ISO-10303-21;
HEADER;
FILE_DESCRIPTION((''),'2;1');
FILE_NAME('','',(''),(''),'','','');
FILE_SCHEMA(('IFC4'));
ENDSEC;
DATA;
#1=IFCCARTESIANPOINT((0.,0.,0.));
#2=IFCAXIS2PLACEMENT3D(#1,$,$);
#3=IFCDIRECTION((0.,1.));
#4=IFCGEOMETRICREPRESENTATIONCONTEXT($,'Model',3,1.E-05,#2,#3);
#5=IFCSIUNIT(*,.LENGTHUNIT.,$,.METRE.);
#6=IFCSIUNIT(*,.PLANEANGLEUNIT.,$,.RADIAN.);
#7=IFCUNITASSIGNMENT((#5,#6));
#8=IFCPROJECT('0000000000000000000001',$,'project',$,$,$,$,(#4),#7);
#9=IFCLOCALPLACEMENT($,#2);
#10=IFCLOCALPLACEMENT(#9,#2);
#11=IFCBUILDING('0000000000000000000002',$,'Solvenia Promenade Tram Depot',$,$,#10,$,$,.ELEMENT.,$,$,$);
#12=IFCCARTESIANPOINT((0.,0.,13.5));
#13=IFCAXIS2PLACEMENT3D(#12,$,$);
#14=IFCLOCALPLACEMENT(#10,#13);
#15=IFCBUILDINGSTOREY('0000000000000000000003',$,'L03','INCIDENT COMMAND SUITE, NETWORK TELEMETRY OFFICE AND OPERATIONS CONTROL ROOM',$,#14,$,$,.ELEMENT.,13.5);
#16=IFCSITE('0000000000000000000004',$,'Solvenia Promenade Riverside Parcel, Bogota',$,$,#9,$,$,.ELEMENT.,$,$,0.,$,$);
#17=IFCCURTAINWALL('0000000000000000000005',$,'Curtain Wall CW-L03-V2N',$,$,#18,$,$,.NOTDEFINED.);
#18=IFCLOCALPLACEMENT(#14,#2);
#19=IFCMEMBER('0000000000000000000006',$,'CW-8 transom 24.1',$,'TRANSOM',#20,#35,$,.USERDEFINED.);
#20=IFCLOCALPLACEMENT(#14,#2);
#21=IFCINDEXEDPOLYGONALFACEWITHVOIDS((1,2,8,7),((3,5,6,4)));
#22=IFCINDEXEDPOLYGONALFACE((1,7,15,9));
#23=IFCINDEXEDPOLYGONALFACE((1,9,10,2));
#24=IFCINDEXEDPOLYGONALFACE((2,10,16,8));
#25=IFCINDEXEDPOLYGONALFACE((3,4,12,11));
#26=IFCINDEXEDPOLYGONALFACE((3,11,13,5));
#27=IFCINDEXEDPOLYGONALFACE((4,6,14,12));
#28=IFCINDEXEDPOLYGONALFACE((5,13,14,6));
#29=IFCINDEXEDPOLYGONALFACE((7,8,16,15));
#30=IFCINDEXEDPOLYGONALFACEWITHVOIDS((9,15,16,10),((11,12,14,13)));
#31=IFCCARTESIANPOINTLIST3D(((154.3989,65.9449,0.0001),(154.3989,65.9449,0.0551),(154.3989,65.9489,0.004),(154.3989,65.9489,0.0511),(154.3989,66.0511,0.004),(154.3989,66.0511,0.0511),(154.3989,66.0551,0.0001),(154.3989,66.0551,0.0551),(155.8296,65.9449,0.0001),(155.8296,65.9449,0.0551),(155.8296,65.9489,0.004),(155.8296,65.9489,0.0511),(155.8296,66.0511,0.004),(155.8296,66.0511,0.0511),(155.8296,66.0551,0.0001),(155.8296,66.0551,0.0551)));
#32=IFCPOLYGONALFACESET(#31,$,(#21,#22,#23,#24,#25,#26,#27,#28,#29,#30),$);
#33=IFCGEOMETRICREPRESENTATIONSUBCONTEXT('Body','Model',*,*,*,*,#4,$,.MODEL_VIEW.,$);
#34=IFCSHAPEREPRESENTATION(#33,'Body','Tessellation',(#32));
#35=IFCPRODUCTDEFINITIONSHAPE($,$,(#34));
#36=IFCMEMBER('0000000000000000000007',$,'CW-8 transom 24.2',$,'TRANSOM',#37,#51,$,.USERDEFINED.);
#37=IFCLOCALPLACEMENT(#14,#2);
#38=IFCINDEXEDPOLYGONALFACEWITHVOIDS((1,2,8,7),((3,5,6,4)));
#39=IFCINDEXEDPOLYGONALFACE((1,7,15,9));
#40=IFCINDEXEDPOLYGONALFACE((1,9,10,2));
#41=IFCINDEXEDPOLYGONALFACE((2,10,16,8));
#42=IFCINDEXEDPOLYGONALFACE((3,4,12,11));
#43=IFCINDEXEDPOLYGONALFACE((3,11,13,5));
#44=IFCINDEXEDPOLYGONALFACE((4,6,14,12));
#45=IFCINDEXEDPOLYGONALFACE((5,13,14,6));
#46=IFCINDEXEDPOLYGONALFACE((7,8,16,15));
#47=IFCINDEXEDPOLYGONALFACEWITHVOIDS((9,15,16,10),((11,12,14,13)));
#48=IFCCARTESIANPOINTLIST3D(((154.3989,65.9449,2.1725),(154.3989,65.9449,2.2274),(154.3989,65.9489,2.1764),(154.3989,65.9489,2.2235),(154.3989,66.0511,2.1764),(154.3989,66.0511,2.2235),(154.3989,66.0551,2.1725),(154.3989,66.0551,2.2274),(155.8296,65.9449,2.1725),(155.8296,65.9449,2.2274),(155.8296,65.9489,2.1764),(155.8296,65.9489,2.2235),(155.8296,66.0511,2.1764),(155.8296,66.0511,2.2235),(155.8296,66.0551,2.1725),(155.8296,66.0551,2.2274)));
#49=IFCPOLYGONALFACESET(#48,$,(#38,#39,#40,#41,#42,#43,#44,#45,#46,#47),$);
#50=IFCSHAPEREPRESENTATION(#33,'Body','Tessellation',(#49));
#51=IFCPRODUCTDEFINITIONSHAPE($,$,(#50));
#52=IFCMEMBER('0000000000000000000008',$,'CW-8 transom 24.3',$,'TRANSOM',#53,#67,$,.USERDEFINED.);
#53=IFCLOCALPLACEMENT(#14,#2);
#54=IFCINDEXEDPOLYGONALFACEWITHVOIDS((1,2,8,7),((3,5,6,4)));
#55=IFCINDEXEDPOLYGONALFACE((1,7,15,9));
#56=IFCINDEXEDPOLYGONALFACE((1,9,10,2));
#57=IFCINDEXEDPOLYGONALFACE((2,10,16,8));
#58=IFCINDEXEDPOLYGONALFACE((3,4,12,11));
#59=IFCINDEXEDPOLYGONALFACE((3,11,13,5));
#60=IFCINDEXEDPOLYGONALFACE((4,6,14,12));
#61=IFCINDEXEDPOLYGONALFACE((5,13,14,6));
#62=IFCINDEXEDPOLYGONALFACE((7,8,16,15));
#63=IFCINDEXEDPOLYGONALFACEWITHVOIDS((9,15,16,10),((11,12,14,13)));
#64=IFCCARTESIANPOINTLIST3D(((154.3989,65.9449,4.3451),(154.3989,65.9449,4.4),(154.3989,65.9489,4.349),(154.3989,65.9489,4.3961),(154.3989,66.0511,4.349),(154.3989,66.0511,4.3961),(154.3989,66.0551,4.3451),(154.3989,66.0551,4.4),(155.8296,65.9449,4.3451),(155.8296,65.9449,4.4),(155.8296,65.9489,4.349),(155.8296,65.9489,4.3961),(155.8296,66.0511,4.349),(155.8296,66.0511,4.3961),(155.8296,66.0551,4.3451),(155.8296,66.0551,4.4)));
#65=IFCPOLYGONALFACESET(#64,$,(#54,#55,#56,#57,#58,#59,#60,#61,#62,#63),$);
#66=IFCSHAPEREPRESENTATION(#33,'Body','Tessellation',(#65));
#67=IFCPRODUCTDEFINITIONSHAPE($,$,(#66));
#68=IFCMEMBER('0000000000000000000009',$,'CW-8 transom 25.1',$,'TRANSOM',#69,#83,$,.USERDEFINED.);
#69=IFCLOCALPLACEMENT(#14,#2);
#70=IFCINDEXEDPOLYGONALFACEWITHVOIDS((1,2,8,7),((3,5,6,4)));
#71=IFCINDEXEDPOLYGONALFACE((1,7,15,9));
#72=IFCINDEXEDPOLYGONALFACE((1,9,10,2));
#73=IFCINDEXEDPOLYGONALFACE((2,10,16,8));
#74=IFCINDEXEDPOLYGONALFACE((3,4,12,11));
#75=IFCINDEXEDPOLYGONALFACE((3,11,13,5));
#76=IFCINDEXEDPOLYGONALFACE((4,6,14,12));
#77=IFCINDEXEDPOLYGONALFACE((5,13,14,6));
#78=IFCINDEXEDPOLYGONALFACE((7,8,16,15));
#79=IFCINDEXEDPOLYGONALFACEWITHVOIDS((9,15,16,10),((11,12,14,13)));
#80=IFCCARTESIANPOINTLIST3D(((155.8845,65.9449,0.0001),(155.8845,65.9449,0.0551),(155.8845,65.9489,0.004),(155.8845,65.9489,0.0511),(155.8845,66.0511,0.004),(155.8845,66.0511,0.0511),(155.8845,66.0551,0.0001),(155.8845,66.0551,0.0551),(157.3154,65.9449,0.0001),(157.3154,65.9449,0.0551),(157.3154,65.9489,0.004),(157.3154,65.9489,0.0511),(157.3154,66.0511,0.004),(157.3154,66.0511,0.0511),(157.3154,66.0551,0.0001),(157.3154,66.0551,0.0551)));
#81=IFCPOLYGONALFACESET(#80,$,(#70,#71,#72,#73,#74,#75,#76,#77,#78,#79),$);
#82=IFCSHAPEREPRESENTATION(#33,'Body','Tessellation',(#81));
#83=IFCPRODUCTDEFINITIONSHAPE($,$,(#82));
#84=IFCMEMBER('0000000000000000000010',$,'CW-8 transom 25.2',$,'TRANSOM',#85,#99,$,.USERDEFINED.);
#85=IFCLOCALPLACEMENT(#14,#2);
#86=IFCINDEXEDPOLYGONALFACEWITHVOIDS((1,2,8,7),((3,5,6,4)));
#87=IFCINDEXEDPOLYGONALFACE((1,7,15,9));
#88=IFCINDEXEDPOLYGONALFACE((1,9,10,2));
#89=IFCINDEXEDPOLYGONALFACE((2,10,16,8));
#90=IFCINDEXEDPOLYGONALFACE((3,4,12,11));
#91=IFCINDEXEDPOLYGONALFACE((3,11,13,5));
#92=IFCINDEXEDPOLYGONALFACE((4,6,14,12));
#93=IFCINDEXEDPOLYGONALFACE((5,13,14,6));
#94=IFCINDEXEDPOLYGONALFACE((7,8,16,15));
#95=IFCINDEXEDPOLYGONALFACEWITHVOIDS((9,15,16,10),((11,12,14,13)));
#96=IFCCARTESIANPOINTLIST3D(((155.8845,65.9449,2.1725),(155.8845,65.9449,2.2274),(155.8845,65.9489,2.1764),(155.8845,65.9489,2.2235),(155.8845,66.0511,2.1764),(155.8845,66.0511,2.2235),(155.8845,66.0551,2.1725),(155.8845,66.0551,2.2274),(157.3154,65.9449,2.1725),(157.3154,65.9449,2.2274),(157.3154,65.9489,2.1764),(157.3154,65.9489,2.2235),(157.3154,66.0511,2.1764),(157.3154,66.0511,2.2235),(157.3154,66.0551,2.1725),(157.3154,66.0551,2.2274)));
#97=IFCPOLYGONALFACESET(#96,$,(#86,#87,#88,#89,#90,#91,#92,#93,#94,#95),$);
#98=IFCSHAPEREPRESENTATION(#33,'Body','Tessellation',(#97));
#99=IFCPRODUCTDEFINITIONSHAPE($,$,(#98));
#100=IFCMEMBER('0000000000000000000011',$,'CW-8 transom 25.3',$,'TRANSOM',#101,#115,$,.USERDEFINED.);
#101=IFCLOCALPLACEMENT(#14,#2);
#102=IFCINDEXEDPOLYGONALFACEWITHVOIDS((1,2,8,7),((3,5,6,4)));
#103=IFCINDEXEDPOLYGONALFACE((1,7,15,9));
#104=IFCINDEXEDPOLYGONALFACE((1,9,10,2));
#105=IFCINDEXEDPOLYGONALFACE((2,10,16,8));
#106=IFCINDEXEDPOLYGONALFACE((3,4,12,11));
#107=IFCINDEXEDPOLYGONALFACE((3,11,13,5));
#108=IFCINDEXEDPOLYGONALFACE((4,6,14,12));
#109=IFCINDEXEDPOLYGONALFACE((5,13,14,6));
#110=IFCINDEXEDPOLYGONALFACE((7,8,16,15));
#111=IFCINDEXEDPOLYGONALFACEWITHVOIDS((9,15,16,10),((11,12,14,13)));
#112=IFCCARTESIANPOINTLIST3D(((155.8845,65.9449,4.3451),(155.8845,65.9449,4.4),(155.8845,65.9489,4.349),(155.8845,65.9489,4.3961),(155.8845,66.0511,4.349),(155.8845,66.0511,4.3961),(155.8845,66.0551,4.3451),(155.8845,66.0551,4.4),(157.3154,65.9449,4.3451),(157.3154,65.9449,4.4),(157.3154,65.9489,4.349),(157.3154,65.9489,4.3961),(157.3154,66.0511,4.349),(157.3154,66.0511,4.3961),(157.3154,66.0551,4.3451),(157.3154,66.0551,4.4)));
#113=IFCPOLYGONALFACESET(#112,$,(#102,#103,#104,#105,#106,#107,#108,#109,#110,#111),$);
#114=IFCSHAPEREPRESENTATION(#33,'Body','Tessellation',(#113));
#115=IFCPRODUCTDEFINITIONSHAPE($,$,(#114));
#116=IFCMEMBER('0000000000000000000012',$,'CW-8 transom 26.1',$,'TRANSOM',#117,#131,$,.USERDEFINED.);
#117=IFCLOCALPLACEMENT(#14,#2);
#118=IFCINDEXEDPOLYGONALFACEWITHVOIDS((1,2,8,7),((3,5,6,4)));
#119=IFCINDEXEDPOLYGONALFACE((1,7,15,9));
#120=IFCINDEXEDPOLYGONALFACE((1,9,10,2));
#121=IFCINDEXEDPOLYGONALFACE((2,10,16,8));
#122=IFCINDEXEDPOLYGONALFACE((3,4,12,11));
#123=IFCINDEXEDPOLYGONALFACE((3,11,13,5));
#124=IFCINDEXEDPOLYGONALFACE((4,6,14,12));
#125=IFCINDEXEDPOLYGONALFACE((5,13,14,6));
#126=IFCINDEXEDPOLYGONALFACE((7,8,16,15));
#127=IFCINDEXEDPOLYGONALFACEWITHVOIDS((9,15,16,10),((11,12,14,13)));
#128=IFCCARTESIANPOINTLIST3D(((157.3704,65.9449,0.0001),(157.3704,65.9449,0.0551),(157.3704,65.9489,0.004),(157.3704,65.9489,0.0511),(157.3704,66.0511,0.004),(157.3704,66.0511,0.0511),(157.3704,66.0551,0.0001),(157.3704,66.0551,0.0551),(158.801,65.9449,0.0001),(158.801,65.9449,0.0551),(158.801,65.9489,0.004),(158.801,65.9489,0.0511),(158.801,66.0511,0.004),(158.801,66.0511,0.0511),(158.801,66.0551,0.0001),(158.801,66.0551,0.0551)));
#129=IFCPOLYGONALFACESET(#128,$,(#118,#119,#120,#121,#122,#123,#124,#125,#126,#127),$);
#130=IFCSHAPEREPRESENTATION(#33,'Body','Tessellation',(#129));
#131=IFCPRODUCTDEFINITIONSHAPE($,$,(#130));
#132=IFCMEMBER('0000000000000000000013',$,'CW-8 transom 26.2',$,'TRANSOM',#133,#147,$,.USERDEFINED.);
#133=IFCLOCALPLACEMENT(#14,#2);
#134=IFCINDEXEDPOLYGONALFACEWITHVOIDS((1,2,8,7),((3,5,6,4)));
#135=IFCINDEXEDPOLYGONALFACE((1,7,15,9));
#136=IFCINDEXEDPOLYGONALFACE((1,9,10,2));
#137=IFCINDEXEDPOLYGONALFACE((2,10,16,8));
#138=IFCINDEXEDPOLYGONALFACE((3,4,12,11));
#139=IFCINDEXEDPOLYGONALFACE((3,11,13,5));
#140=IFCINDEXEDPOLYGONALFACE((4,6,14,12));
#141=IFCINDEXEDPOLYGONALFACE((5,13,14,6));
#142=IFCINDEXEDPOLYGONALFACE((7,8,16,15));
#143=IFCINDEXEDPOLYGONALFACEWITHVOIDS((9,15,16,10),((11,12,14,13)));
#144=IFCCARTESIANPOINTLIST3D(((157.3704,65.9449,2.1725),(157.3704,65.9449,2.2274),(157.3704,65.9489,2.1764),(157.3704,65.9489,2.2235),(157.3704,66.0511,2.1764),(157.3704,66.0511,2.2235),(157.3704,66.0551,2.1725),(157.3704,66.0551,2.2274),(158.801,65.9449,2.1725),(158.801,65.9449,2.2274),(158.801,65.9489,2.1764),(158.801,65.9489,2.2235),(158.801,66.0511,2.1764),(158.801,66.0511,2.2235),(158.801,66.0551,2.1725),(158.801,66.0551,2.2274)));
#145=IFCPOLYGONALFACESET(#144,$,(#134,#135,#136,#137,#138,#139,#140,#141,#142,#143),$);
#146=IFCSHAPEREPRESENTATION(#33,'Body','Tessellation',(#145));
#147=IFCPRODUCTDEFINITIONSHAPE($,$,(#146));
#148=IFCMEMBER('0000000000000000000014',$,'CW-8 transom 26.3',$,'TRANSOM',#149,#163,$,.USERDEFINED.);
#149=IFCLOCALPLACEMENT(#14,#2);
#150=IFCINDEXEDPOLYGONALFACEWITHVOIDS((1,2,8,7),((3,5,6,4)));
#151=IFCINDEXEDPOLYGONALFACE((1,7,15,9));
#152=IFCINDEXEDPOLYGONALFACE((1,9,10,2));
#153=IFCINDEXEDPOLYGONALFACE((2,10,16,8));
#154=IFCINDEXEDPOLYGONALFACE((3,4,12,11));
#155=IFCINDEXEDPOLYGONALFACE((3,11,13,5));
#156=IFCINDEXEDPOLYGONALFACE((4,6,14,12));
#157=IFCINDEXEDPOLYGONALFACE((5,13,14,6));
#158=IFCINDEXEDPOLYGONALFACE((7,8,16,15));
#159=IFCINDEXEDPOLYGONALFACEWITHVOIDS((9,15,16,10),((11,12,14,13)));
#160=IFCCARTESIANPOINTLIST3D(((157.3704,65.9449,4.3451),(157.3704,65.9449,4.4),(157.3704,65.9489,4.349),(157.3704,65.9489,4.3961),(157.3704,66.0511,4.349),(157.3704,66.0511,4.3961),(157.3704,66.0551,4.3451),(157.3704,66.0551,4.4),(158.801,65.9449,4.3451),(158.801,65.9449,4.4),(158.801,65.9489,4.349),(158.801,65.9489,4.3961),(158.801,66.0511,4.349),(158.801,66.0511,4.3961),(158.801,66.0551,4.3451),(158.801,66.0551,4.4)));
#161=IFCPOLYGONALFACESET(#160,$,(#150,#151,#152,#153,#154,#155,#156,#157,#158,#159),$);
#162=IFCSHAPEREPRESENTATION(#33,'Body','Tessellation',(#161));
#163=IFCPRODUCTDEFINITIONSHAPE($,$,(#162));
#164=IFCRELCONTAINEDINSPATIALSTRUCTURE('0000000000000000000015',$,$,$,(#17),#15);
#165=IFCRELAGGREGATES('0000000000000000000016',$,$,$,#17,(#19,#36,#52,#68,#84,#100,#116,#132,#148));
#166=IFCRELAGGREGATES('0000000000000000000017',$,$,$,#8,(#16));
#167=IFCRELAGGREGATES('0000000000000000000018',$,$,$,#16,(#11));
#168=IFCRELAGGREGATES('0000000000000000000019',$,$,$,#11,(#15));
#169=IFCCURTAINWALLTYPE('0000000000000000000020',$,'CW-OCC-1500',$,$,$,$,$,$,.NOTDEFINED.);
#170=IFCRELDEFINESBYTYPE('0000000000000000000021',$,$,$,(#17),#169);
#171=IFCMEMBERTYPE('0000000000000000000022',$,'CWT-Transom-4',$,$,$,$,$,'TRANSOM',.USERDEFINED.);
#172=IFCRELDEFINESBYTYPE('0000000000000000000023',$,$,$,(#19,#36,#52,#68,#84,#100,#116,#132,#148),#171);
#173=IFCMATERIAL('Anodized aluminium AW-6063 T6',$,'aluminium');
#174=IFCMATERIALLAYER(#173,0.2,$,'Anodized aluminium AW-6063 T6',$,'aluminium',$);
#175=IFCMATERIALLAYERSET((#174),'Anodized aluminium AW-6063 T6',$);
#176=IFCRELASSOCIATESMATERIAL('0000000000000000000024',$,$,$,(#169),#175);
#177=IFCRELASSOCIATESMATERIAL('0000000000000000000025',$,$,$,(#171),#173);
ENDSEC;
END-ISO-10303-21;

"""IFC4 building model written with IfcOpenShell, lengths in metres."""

from ifc_helpers import new_model, si_unit, direction, frame, origin, origin_2d, place, context, subcontext, project, spatial, hollow_rectangle, extrude, material, layer, layer_set, material_profile, profile_set, type_object, element, aggregate, save


model = new_model("IFC4")

# Units and contexts
model_context = context("Model", 3, precision=1e-05, world=origin(), true_north=direction((0.0, 1.0)))
body_context = subcontext(model_context, "Body", "Model", "MODEL_VIEW")
ifc_project = project(units=[si_unit("LENGTHUNIT", "METRE"), si_unit("PLANEANGLEUNIT", "RADIAN")], contexts=[model_context])

# Site, building, storey
site_placement = place(None, origin())
site = spatial("IfcSite", under=ifc_project, at=site_placement, Name="Solvenia Promenade Riverside Parcel, Bogota", CompositionType="ELEMENT", RefElevation=0.0)
building_placement = place(site_placement, origin())
building = spatial("IfcBuilding", under=site, at=building_placement, Name="Solvenia Promenade Tram Depot", CompositionType="ELEMENT")
storey_placement = place(building_placement, frame((0.0, 0.0, 13.5)))
storey = spatial("IfcBuildingStorey", under=building, at=storey_placement, Name="L03", Description="INCIDENT COMMAND SUITE, NETWORK TELEMETRY OFFICE AND OPERATIONS CONTROL ROOM", CompositionType="ELEMENT", Elevation=13.5)

# Curtain wall, members
ifc_material_1 = material(Name="Anodized aluminium AW-6063 T6", Category="aluminium")
ifc_layer_1 = layer(ifc_material_1, 0.2, Name="Anodized aluminium AW-6063 T6", Category="aluminium")
ifc_layer_set_1 = layer_set([ifc_layer_1], Name="Anodized aluminium AW-6063 T6")
curtain_wall_type = type_object("IfcCurtainWallType", Name="CW-OCC-1500", PredefinedType="NOTDEFINED", material=ifc_layer_set_1)
curtain_wall_placement = place(storey_placement, origin())
curtain_wall = element("IfcCurtainWall", 1, at=curtain_wall_placement, inside=storey, type_object=curtain_wall_type, Name="Curtain Wall CW-L03-V2N", PredefinedType="NOTDEFINED")
ifc_material_profile_1 = material_profile(ifc_material_1, hollow_rectangle(XDim=0.1101, YDim=0.0549, WallThickness=0.0039, at=origin_2d()), Name="ALU-T4", Category="aluminium")
ifc_profile_set_1 = profile_set([ifc_material_profile_1], Name="Anodized aluminium AW-6063 T6")
member_type_1 = type_object("IfcMemberType", Name="CWT-Transom-4", ElementType="TRANSOM", PredefinedType="USERDEFINED", material=ifc_profile_set_1)
member_1_placement = place(storey_placement, frame((154.3989, 66.0, 0.0276), z_axis=(1.0, 0.0, 0.0), x_axis=(0.0, 1.0, 0.0)))
member_1 = element("IfcMember", 2, at=member_1_placement, type_object=member_type_1, Name="CW-8 transom 24.1", ObjectType="TRANSOM", PredefinedType="USERDEFINED", context=body_context, shape_type="SweptSolid", body=[
    extrude(hollow_rectangle(XDim=0.1101, YDim=0.0549, WallThickness=0.0039, at=origin_2d()), origin(), (0.0, 0.0, 1.0), 1.4307),
])
member_2_placement = place(storey_placement, frame((154.3989, 66.0, 2.2), z_axis=(1.0, 0.0, 0.0), x_axis=(0.0, 1.0, 0.0)))
member_2 = element("IfcMember", 3, at=member_2_placement, type_object=member_type_1, Name="CW-8 transom 24.2", ObjectType="TRANSOM", PredefinedType="USERDEFINED", context=body_context, shape_type="SweptSolid", body=[
    extrude(hollow_rectangle(XDim=0.1101, YDim=0.0549, WallThickness=0.0039, at=origin_2d()), origin(), (0.0, 0.0, 1.0), 1.4307),
])
member_3_placement = place(storey_placement, frame((154.3989, 66.0, 4.3726), z_axis=(1.0, 0.0, 0.0), x_axis=(0.0, 1.0, 0.0)))
member_3 = element("IfcMember", 4, at=member_3_placement, type_object=member_type_1, Name="CW-8 transom 24.3", ObjectType="TRANSOM", PredefinedType="USERDEFINED", context=body_context, shape_type="SweptSolid", body=[
    extrude(hollow_rectangle(XDim=0.1101, YDim=0.0549, WallThickness=0.0039, at=origin_2d()), origin(), (0.0, 0.0, 1.0), 1.4307),
])
member_4_placement = place(storey_placement, frame((155.8845, 66.0, 0.0276), z_axis=(1.0, 0.0, 0.0), x_axis=(0.0, 1.0, 0.0)))
member_4 = element("IfcMember", 5, at=member_4_placement, type_object=member_type_1, Name="CW-8 transom 25.1", ObjectType="TRANSOM", PredefinedType="USERDEFINED", context=body_context, shape_type="SweptSolid", body=[
    extrude(hollow_rectangle(XDim=0.1101, YDim=0.0549, WallThickness=0.0039, at=origin_2d()), origin(), (0.0, 0.0, 1.0), 1.4309),
])
member_5_placement = place(storey_placement, frame((155.8845, 66.0, 2.2), z_axis=(1.0, 0.0, 0.0), x_axis=(0.0, 1.0, 0.0)))
member_5 = element("IfcMember", 6, at=member_5_placement, type_object=member_type_1, Name="CW-8 transom 25.2", ObjectType="TRANSOM", PredefinedType="USERDEFINED", context=body_context, shape_type="SweptSolid", body=[
    extrude(hollow_rectangle(XDim=0.1101, YDim=0.0549, WallThickness=0.0039, at=origin_2d()), origin(), (0.0, 0.0, 1.0), 1.4309),
])
member_6_placement = place(storey_placement, frame((155.8845, 66.0, 4.3726), z_axis=(1.0, 0.0, 0.0), x_axis=(0.0, 1.0, 0.0)))
member_6 = element("IfcMember", 7, at=member_6_placement, type_object=member_type_1, Name="CW-8 transom 25.3", ObjectType="TRANSOM", PredefinedType="USERDEFINED", context=body_context, shape_type="SweptSolid", body=[
    extrude(hollow_rectangle(XDim=0.1101, YDim=0.0549, WallThickness=0.0039, at=origin_2d()), origin(), (0.0, 0.0, 1.0), 1.4309),
])
member_7_placement = place(storey_placement, frame((157.3704, 66.0, 0.0276), z_axis=(1.0, 0.0, 0.0), x_axis=(0.0, 1.0, 0.0)))
member_7 = element("IfcMember", 8, at=member_7_placement, type_object=member_type_1, Name="CW-8 transom 26.1", ObjectType="TRANSOM", PredefinedType="USERDEFINED", context=body_context, shape_type="SweptSolid", body=[
    extrude(hollow_rectangle(XDim=0.1101, YDim=0.0549, WallThickness=0.0039, at=origin_2d()), origin(), (0.0, 0.0, 1.0), 1.4307),
])
member_8_placement = place(storey_placement, frame((157.3704, 66.0, 2.2), z_axis=(1.0, 0.0, 0.0), x_axis=(0.0, 1.0, 0.0)))
member_8 = element("IfcMember", 9, at=member_8_placement, type_object=member_type_1, Name="CW-8 transom 26.2", ObjectType="TRANSOM", PredefinedType="USERDEFINED", context=body_context, shape_type="SweptSolid", body=[
    extrude(hollow_rectangle(XDim=0.1101, YDim=0.0549, WallThickness=0.0039, at=origin_2d()), origin(), (0.0, 0.0, 1.0), 1.4307),
])
member_9_placement = place(storey_placement, frame((157.3704, 66.0, 4.3726), z_axis=(1.0, 0.0, 0.0), x_axis=(0.0, 1.0, 0.0)))
member_9 = element("IfcMember", 10, at=member_9_placement, type_object=member_type_1, Name="CW-8 transom 26.3", ObjectType="TRANSOM", PredefinedType="USERDEFINED", context=body_context, shape_type="SweptSolid", body=[
    extrude(hollow_rectangle(XDim=0.1101, YDim=0.0549, WallThickness=0.0039, at=origin_2d()), origin(), (0.0, 0.0, 1.0), 1.4307),
])

aggregate(curtain_wall, [member_1, member_2, member_3, member_4, member_5, member_6, member_7, member_8, member_9])

save(model, "model.ifc")
